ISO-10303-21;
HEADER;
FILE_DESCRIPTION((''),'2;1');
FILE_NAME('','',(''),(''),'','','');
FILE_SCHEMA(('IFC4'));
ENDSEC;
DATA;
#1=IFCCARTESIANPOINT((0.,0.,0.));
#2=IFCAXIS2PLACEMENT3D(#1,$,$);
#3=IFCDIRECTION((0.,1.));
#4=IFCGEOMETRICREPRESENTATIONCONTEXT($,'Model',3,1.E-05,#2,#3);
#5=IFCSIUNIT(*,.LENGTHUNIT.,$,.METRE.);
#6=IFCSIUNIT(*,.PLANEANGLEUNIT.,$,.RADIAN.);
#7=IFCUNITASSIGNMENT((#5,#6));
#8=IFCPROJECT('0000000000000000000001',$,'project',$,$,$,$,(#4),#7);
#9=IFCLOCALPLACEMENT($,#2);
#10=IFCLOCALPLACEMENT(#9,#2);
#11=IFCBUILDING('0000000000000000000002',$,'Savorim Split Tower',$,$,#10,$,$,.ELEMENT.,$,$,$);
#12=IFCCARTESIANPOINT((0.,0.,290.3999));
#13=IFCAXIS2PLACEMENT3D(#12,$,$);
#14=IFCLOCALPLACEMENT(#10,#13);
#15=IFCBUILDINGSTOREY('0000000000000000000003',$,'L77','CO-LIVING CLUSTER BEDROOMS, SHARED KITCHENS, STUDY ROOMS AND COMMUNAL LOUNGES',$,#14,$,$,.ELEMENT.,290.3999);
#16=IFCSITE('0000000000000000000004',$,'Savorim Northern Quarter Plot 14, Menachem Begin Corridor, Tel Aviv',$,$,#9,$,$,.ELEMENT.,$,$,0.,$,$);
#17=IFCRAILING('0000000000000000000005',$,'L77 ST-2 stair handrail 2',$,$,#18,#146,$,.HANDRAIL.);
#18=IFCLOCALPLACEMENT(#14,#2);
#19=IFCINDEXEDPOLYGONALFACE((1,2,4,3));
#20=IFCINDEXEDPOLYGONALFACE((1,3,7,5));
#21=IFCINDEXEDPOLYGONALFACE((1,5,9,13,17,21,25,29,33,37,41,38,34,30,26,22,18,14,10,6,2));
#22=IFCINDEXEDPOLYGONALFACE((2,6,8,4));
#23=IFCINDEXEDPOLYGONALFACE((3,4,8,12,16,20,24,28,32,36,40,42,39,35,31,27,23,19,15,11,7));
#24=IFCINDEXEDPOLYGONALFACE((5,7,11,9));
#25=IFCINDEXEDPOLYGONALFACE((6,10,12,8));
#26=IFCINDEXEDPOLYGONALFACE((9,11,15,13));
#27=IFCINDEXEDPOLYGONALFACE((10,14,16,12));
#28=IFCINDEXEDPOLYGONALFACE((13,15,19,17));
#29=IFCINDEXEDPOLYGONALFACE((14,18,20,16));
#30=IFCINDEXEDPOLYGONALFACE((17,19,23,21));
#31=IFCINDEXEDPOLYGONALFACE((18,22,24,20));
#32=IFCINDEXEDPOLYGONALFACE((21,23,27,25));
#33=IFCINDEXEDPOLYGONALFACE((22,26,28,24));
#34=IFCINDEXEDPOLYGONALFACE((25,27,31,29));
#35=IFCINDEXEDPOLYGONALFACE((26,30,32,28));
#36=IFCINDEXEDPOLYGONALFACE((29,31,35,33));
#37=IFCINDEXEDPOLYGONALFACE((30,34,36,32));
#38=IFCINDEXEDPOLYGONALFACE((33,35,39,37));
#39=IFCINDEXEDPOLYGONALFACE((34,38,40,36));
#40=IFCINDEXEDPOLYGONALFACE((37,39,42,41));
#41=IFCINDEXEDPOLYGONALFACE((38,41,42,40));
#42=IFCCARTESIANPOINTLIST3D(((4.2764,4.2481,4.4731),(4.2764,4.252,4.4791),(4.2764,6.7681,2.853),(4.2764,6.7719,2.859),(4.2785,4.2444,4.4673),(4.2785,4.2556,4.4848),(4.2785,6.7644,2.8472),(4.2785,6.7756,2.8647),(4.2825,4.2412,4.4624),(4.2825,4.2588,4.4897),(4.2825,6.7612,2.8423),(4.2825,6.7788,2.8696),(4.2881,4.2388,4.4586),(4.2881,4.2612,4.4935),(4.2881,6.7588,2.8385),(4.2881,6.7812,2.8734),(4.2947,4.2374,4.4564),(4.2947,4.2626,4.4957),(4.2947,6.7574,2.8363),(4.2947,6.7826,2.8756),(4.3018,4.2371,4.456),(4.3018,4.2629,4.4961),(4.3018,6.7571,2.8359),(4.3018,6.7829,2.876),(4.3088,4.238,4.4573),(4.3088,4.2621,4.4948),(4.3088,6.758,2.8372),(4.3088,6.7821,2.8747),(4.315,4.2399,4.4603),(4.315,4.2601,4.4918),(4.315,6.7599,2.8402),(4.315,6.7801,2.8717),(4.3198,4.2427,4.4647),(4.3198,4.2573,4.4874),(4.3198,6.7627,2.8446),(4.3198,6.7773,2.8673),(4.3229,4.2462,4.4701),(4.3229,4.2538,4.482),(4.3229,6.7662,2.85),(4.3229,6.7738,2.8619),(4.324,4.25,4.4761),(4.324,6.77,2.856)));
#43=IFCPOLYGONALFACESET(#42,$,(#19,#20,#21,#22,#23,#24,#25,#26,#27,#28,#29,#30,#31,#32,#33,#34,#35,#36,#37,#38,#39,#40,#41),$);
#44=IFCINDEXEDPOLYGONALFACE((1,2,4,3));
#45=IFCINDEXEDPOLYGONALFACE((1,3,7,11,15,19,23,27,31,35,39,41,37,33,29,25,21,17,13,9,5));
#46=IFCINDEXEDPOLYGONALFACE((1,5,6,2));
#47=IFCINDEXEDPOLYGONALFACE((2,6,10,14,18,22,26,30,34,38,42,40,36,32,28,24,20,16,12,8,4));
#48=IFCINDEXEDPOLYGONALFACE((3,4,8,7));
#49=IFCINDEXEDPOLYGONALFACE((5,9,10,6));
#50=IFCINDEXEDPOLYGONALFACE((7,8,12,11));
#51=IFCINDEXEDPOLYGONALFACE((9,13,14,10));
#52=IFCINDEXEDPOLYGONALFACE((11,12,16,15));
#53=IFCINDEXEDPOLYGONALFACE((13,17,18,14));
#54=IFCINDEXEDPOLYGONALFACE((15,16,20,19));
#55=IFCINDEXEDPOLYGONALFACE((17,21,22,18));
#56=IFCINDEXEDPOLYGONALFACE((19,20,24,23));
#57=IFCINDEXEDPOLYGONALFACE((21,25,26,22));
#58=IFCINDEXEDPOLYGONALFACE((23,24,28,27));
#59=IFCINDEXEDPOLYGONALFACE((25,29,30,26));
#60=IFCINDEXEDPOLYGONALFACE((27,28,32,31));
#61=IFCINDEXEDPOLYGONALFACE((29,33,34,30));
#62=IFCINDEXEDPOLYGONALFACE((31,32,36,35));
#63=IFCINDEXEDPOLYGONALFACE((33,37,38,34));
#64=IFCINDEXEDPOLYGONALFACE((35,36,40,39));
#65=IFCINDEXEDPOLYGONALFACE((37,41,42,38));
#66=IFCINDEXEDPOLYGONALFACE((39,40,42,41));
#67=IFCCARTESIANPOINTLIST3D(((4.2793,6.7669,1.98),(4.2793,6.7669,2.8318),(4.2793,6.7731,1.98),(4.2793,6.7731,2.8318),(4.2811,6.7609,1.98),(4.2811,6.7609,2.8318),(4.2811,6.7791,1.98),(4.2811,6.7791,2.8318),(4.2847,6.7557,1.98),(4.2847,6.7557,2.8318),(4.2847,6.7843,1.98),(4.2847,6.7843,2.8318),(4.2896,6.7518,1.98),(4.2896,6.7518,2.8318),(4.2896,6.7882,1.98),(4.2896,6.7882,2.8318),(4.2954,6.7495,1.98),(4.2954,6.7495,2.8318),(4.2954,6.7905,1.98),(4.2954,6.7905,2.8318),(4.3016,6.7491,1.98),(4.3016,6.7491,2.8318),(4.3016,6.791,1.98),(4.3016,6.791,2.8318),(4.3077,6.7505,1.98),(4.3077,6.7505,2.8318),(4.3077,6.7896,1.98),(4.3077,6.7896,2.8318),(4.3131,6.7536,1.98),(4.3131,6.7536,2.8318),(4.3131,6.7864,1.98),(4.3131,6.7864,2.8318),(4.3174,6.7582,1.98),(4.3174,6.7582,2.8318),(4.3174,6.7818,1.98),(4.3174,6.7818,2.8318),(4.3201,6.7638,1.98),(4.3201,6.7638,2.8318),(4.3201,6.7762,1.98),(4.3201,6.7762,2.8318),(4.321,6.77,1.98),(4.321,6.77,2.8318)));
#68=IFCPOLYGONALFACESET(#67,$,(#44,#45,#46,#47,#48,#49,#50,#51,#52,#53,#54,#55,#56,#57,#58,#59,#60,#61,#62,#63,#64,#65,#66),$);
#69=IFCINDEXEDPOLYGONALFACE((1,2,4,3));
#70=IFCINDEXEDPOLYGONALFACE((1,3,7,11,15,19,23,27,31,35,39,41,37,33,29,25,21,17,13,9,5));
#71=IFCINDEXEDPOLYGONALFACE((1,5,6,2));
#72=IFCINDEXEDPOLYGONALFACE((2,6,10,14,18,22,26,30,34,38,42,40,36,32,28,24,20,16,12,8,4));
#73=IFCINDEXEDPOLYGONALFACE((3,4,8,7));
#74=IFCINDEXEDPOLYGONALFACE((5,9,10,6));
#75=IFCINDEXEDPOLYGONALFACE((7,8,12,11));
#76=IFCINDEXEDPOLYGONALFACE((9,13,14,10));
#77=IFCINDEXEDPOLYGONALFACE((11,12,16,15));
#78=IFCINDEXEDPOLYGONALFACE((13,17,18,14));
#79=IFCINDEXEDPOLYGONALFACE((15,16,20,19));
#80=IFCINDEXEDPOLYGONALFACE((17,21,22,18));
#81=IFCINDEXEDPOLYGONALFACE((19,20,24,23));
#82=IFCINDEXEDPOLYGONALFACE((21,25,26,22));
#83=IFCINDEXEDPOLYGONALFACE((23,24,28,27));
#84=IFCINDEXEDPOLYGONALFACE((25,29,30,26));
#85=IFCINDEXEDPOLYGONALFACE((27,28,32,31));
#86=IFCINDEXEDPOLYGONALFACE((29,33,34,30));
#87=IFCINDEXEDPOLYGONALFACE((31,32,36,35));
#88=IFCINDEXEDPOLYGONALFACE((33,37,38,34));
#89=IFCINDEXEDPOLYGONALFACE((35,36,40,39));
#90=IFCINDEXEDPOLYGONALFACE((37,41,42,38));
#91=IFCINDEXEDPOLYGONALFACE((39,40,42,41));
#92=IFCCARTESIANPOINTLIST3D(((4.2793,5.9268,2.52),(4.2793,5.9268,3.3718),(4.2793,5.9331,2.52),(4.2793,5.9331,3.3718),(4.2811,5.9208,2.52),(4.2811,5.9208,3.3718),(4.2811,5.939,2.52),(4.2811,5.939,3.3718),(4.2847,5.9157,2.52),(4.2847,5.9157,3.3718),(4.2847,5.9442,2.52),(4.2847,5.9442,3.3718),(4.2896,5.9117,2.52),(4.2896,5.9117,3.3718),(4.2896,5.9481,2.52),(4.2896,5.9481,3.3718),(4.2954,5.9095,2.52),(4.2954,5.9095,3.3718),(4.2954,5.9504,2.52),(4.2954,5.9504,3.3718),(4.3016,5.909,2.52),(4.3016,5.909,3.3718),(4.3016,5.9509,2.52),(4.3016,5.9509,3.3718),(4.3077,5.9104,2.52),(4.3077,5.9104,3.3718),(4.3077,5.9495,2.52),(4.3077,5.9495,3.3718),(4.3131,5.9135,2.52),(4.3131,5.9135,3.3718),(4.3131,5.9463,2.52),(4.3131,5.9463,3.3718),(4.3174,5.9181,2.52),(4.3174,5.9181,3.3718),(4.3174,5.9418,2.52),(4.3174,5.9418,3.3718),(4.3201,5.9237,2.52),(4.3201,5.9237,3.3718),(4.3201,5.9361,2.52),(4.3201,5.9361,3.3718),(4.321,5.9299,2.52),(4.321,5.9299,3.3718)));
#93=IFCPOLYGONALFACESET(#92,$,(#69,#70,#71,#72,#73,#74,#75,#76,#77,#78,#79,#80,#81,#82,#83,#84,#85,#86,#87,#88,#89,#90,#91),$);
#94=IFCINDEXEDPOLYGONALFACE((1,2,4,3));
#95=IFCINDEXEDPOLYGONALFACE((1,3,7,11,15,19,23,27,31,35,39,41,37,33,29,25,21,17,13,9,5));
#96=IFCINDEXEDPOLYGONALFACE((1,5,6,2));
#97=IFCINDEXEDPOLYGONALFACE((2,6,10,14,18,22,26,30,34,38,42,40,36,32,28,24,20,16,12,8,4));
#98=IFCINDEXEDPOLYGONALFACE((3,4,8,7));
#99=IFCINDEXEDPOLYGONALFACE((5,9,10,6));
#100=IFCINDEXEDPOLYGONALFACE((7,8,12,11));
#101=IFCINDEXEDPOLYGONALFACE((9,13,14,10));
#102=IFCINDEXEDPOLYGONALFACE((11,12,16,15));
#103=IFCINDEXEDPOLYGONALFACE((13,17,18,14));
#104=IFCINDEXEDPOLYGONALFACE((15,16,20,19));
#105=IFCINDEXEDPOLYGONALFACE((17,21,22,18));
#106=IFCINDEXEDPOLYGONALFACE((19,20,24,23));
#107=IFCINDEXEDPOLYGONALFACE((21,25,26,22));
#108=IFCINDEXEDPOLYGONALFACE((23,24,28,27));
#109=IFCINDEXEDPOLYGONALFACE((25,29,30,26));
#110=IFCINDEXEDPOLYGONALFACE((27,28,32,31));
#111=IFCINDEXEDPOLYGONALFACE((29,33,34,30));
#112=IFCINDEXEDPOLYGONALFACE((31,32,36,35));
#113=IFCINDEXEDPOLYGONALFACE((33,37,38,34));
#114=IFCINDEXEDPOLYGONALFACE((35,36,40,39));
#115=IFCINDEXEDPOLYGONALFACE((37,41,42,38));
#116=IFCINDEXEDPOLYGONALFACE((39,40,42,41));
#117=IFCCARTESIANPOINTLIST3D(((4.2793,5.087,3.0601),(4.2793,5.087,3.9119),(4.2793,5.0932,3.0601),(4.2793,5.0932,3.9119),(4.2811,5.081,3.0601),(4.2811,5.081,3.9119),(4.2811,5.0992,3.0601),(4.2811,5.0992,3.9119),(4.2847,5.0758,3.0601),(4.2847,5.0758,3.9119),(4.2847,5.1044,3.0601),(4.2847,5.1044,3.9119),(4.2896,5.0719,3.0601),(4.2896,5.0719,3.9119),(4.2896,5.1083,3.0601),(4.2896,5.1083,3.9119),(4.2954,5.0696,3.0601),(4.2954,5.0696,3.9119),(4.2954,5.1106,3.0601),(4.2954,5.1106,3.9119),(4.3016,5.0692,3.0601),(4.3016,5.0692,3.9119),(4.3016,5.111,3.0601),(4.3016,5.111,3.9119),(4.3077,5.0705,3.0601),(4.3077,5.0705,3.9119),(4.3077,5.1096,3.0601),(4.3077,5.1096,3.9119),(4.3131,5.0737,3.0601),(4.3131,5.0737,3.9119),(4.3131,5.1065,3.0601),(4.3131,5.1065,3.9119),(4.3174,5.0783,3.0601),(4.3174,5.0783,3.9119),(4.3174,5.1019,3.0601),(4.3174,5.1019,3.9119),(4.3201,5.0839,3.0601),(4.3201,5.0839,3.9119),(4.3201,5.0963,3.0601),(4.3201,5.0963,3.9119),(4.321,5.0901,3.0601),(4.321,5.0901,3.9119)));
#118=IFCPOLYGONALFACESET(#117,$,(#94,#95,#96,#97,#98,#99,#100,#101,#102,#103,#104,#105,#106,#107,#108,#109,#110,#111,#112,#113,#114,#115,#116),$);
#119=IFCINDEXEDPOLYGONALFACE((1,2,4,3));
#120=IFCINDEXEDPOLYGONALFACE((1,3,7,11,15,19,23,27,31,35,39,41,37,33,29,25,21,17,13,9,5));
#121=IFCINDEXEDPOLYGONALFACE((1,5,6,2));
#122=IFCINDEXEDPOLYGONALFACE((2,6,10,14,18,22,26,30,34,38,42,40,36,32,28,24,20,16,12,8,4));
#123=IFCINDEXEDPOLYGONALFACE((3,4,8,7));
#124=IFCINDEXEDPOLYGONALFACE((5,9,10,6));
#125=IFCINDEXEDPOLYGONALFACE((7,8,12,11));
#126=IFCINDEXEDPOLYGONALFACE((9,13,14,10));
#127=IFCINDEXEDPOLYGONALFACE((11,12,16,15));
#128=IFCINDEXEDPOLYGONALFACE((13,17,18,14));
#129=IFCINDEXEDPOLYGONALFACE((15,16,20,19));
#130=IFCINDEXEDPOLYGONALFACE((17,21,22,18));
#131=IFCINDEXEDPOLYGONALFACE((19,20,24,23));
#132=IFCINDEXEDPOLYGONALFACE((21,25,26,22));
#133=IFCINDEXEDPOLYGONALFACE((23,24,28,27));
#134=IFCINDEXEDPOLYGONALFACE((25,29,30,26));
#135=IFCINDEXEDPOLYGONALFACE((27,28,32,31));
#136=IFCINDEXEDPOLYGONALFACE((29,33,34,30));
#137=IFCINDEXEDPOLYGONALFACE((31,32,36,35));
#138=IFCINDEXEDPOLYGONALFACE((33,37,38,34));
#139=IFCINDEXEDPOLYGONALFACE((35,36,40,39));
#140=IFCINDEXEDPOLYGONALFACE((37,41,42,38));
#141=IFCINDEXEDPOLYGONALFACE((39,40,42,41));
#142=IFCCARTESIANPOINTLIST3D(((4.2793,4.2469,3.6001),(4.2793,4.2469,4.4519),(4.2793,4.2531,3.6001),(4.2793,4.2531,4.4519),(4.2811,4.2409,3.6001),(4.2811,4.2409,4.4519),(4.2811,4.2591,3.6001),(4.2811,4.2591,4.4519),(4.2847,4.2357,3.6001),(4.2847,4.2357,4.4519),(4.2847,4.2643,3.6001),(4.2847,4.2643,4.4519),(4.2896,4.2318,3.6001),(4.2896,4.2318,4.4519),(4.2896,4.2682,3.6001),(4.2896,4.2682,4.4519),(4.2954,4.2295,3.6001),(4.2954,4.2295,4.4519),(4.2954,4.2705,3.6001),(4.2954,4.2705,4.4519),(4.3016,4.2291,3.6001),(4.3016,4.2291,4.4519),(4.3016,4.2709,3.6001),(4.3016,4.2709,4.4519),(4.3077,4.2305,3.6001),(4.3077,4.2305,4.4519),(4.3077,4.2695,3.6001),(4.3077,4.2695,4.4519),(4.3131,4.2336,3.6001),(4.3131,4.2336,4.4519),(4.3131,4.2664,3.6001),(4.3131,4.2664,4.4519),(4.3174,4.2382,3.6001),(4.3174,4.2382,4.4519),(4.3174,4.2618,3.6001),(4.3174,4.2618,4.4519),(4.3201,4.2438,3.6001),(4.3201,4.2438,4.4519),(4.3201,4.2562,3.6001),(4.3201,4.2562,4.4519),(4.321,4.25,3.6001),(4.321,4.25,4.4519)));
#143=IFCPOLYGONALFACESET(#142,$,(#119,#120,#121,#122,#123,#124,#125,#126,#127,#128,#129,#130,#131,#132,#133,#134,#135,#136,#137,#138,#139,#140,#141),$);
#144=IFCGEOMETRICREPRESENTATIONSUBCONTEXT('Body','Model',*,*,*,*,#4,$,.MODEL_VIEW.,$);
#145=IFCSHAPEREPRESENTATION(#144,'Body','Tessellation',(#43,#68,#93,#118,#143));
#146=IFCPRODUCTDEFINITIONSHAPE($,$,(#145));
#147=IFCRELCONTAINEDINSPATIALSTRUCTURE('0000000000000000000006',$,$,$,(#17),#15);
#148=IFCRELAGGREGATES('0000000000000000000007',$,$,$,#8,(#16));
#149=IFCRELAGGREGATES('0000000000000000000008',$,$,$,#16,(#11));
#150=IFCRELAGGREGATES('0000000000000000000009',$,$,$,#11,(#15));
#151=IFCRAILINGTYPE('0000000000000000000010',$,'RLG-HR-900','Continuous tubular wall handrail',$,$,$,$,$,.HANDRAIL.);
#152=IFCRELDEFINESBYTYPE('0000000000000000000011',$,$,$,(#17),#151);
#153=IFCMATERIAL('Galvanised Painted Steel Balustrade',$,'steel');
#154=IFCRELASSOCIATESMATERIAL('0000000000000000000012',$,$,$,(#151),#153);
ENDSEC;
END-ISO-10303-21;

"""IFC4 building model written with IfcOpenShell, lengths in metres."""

from ifc_helpers import new_model, si_unit, direction, frame, origin, origin_2d, place, context, subcontext, project, spatial, circle, extrude, material, type_object, element, save


model = new_model("IFC4")

# Units and contexts
model_context = context("Model", 3, precision=1e-05, world=origin(), true_north=direction((0.0, 1.0)))
body_context = subcontext(model_context, "Body", "Model", "MODEL_VIEW")
ifc_project = project(units=[si_unit("LENGTHUNIT", "METRE"), si_unit("PLANEANGLEUNIT", "RADIAN")], contexts=[model_context])

# Site, building, storey
site_placement = place(None, origin())
site = spatial("IfcSite", under=ifc_project, at=site_placement, Name="Savorim Northern Quarter Plot 14, Menachem Begin Corridor, Tel Aviv", CompositionType="ELEMENT", RefElevation=0.0)
building_placement = place(site_placement, origin())
building = spatial("IfcBuilding", under=site, at=building_placement, Name="Savorim Split Tower", CompositionType="ELEMENT")
storey_placement = place(building_placement, frame((0.0, 0.0, 290.3999)))
storey = spatial("IfcBuildingStorey", under=building, at=storey_placement, Name="L77", Description="CO-LIVING CLUSTER BEDROOMS, SHARED KITCHENS, STUDY ROOMS AND COMMUNAL LOUNGES", CompositionType="ELEMENT", Elevation=290.3999)

# Railing
ifc_material_1 = material(Name="Galvanised Painted Steel Balustrade", Category="steel")
railing_type_1 = type_object("IfcRailingType", Name="RLG-HR-900", Description="Continuous tubular wall handrail", PredefinedType="HANDRAIL", material=ifc_material_1)
railing_1_placement = place(storey_placement, frame((4.3, 6.77, 1.98)))
element("IfcRailing", 1, at=railing_1_placement, inside=storey, type_object=railing_type_1, Name="L77 ST-2 stair handrail 2", PredefinedType="HANDRAIL", context=body_context, shape_type="SweptSolid", body=[
    extrude(circle(Radius=0.0239, at=origin_2d()), frame((0.0, 0.0, 0.876), z_axis=(0.0, -0.841163, 0.540782), x_axis=(1.0, 0.0, 0.0)), (0.0, 0.0, 1.0), 2.9958),
    extrude(circle(Radius=0.021, at=origin_2d()), origin(), (0.0, 0.0, 1.0), 0.8518),
    extrude(circle(Radius=0.021, at=origin_2d()), frame((0.0, -0.8401, 0.54)), (0.0, 0.0, 1.0), 0.8518),
    extrude(circle(Radius=0.021, at=origin_2d()), frame((0.0, -1.6799, 1.0801)), (0.0, 0.0, 1.0), 0.8518),
    extrude(circle(Radius=0.021, at=origin_2d()), frame((0.0, -2.52, 1.6201)), (0.0, 0.0, 1.0), 0.8518),
])

save(model, "model.ifc")
